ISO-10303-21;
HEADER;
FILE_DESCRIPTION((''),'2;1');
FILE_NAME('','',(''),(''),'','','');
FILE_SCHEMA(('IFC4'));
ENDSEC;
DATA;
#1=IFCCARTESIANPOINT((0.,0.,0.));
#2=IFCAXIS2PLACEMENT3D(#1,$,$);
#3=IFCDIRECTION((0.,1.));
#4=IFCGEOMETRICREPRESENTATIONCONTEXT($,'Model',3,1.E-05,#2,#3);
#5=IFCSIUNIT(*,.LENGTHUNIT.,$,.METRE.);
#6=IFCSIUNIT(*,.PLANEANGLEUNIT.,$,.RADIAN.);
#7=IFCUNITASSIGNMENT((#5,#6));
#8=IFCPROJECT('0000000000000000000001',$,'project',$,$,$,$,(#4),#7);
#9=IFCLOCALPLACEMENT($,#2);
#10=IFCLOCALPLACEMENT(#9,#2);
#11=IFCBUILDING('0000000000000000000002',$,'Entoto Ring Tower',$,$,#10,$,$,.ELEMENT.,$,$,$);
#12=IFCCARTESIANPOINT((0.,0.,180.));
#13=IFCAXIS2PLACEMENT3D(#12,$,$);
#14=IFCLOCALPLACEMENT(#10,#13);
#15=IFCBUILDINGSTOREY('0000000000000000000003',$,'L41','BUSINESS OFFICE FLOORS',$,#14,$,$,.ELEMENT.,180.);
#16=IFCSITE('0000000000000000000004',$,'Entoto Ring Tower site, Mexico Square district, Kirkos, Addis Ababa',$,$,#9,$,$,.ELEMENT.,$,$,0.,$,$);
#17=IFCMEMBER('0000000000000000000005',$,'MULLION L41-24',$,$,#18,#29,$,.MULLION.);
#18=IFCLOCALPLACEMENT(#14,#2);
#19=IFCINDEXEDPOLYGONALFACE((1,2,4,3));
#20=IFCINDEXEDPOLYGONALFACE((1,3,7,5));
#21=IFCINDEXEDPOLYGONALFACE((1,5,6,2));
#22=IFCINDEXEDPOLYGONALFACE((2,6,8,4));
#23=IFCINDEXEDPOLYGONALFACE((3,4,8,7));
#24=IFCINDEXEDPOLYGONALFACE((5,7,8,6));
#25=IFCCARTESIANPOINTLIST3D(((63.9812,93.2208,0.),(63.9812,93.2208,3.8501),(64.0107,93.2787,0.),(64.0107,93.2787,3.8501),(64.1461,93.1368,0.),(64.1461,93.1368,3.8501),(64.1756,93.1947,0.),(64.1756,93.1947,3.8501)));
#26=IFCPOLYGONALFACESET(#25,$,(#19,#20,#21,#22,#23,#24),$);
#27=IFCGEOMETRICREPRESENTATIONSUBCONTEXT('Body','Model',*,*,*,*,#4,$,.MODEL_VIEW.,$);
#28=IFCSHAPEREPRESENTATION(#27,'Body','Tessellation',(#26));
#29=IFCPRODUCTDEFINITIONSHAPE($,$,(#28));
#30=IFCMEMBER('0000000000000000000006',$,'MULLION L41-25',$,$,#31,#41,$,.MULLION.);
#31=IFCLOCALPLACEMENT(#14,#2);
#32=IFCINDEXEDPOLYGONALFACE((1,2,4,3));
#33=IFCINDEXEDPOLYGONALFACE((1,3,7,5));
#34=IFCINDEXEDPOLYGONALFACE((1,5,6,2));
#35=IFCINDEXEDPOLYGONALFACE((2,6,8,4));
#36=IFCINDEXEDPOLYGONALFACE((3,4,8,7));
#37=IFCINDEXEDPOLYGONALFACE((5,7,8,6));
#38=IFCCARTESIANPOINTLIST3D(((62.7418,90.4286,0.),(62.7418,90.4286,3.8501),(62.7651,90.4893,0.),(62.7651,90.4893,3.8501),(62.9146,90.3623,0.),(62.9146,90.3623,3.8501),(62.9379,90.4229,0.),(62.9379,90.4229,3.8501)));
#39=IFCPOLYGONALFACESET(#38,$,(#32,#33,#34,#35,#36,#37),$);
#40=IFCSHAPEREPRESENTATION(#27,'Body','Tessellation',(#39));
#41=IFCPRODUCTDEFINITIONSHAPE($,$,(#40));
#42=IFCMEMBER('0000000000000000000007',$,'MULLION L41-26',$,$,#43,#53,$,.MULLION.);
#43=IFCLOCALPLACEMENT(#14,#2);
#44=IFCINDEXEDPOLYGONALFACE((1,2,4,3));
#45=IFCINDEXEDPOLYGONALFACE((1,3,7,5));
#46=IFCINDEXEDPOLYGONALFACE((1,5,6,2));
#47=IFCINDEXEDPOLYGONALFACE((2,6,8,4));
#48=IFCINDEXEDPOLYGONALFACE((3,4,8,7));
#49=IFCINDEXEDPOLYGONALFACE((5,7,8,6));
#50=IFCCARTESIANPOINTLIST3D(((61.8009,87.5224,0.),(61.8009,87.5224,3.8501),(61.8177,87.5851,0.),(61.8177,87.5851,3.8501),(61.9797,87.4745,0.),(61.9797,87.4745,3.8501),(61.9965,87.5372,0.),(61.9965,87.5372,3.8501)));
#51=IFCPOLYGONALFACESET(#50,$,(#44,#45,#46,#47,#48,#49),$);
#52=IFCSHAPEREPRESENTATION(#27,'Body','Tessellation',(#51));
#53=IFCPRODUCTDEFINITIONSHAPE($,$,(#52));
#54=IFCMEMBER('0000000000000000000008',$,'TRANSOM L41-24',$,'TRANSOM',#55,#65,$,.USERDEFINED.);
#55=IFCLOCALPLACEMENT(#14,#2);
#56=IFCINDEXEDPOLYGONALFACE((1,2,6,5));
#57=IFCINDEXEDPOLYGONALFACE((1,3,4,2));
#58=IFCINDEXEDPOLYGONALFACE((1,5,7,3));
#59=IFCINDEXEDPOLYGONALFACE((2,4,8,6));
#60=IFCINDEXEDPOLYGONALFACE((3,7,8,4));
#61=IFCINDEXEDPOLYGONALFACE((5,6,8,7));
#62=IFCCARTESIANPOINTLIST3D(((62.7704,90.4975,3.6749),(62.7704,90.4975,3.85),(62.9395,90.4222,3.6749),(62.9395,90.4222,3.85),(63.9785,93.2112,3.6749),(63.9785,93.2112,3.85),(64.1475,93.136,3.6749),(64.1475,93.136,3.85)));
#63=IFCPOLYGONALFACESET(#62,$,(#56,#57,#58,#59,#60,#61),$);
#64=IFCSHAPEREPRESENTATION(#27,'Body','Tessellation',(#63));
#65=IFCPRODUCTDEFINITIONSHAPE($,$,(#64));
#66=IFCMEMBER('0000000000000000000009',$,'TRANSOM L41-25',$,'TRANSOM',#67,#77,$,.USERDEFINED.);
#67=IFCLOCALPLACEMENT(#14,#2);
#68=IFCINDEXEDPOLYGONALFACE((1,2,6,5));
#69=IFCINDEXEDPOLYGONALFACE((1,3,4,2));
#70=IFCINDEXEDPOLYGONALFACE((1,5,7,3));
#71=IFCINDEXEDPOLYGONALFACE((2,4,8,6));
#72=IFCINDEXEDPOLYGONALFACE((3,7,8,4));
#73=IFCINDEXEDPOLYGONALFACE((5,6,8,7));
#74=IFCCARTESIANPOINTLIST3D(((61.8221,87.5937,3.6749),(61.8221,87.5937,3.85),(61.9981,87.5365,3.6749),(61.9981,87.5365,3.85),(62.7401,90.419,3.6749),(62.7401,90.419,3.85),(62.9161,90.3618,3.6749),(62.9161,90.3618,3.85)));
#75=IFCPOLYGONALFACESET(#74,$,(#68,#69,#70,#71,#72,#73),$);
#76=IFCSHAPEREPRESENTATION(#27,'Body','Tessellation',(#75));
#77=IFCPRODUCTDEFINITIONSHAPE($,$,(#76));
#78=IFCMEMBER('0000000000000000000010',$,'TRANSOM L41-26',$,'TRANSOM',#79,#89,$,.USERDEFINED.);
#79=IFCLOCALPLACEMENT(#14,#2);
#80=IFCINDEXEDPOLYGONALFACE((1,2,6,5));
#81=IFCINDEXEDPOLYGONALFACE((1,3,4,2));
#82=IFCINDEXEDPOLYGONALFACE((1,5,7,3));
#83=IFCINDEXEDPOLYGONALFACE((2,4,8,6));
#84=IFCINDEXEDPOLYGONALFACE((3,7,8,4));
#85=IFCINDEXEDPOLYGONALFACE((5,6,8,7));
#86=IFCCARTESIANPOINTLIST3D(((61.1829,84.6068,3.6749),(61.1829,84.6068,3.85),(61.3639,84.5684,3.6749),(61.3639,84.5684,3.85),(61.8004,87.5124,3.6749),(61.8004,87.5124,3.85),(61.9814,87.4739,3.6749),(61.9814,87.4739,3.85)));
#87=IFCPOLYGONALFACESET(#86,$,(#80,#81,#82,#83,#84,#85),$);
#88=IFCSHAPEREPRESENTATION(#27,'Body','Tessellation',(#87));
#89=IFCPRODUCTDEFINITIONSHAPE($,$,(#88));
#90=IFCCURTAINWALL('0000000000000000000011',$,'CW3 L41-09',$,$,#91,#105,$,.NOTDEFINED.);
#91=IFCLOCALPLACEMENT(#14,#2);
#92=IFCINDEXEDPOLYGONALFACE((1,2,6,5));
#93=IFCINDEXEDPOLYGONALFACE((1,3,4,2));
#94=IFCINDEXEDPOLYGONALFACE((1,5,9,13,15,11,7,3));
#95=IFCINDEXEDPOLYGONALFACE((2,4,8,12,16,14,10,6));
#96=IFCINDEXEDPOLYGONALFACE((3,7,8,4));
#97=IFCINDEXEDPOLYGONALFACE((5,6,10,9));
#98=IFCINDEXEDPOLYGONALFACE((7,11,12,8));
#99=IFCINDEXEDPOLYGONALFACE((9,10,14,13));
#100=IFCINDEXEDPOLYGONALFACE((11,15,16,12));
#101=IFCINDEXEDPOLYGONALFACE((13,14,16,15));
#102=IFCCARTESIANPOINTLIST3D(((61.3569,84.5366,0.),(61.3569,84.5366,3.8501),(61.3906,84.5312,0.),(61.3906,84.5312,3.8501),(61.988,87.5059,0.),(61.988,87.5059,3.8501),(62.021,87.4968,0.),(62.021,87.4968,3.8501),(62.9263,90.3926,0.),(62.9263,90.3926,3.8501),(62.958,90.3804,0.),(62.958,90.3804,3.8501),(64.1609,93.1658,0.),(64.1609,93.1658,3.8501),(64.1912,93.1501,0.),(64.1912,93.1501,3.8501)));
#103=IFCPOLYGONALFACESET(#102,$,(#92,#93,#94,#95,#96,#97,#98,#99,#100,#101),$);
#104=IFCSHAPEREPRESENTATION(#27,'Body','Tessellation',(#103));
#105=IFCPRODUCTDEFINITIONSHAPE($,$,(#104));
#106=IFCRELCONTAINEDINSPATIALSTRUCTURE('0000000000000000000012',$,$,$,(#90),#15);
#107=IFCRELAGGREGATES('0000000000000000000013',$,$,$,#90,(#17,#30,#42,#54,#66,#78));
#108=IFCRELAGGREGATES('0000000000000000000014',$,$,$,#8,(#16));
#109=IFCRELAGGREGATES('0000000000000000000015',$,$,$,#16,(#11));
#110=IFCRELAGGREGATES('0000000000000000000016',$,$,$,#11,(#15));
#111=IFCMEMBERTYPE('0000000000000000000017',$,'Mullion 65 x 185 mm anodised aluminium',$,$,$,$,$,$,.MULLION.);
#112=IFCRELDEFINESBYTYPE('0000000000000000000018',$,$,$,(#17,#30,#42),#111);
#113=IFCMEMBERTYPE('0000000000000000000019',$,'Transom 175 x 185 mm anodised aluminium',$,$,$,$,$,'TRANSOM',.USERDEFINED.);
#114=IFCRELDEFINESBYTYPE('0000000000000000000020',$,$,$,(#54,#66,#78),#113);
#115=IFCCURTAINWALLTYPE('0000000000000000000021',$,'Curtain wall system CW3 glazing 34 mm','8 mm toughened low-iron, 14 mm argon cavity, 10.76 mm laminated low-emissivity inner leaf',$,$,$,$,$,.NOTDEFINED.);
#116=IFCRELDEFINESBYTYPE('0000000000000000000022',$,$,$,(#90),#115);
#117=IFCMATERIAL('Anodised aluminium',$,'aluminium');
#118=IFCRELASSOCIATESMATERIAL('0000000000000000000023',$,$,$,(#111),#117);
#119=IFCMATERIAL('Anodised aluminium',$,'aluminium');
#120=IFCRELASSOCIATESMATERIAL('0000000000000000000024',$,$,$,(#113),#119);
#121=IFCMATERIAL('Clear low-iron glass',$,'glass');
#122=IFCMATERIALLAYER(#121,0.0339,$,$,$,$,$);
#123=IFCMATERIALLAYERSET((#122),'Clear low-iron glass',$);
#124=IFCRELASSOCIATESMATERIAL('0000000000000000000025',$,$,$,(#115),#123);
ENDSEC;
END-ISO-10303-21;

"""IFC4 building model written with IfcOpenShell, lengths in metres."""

from ifc_helpers import new_model, si_unit, direction, frame, origin, origin_2d, place, context, subcontext, project, spatial, polyline, rectangle, outline, extrude, material, layer, layer_set, material_profile, profile_set, type_object, element, aggregate, save


model = new_model("IFC4")

# Units and contexts
model_context = context("Model", 3, precision=1e-05, world=origin(), true_north=direction((0.0, 1.0)))
body_context = subcontext(model_context, "Body", "Model", "MODEL_VIEW")
ifc_project = project(units=[si_unit("LENGTHUNIT", "METRE"), si_unit("PLANEANGLEUNIT", "RADIAN")], contexts=[model_context])

# Members
ifc_material_1 = material(Name="Anodised aluminium", Category="aluminium")
ifc_material_profile_1 = material_profile(ifc_material_1, rectangle(XDim=0.0649, YDim=0.1851, at=origin_2d()), Name="Mullion 65 x 185 mm anodised aluminium")
ifc_profile_set_1 = profile_set([ifc_material_profile_1], Name="Anodised aluminium")
member_type_1 = type_object("IfcMemberType", Name="Mullion 65 x 185 mm anodised aluminium", PredefinedType="MULLION", material=ifc_profile_set_1)
site_placement = place(None, origin())
building_placement = place(site_placement, origin())
storey_placement = place(building_placement, frame((0.0, 0.0, 180.0)))
member_1_placement = place(storey_placement, frame((64.0784, 93.2078, 0.0), z_axis=(0.0, 0.0, 1.0), x_axis=(-0.45399, -0.891007, 0.0)))
member_1 = element("IfcMember", 1, at=member_1_placement, type_object=member_type_1, Name="MULLION L41-24", PredefinedType="MULLION", context=body_context, shape_type="SweptSolid", body=[
    extrude(rectangle(XDim=0.0649, YDim=0.1851, at=origin_2d()), origin(), (0.0, 0.0, 1.0), 3.8501),
])
member_2_placement = place(storey_placement, frame((62.8398, 90.4258, 0.0), z_axis=(0.0, 0.0, 1.0), x_axis=(-0.358368, -0.93358, 0.0)))
member_2 = element("IfcMember", 2, at=member_2_placement, type_object=member_type_1, Name="MULLION L41-25", PredefinedType="MULLION", context=body_context, shape_type="SweptSolid", body=[
    extrude(rectangle(XDim=0.0649, YDim=0.1851, at=origin_2d()), origin(), (0.0, 0.0, 1.0), 3.8501),
])
member_3_placement = place(storey_placement, frame((61.8987, 87.5298, 0.0), z_axis=(0.0, 0.0, 1.0), x_axis=(-0.258819, -0.965926, 0.0)))
member_3 = element("IfcMember", 3, at=member_3_placement, type_object=member_type_1, Name="MULLION L41-26", PredefinedType="MULLION", context=body_context, shape_type="SweptSolid", body=[
    extrude(rectangle(XDim=0.0649, YDim=0.1851, at=origin_2d()), origin(), (0.0, 0.0, 1.0), 3.8501),
])
ifc_material_2 = material(Name="Anodised aluminium", Category="aluminium")
ifc_material_profile_2 = material_profile(ifc_material_2, rectangle(XDim=0.1851, YDim=0.175, at=origin_2d()), Name="Transom 175 x 185 mm anodised aluminium")
ifc_profile_set_2 = profile_set([ifc_material_profile_2], Name="Anodised aluminium")
member_type_2 = type_object("IfcMemberType", Name="Transom 175 x 185 mm anodised aluminium", ElementType="TRANSOM", PredefinedType="USERDEFINED", material=ifc_profile_set_2)
member_4_placement = place(storey_placement, frame((64.063, 93.1736, 3.7625), z_axis=(-0.406687, -0.913567, 0.0), x_axis=(0.913567, -0.406687, 0.0)))
member_4 = element("IfcMember", 4, at=member_4_placement, type_object=member_type_2, Name="TRANSOM L41-24", ObjectType="TRANSOM", PredefinedType="USERDEFINED", context=body_context, shape_type="SweptSolid", body=[
    extrude(rectangle(XDim=0.1851, YDim=0.175, at=origin_2d()), origin(), (0.0, 0.0, 1.0), 2.9705),
])
member_5_placement = place(storey_placement, frame((62.8281, 90.3904, 3.7625), z_axis=(-0.309019, -0.951056, 0.0), x_axis=(0.951056, -0.309019, 0.0)))
member_5 = element("IfcMember", 5, at=member_5_placement, type_object=member_type_2, Name="TRANSOM L41-25", ObjectType="TRANSOM", PredefinedType="USERDEFINED", context=body_context, shape_type="SweptSolid", body=[
    extrude(rectangle(XDim=0.1851, YDim=0.175, at=origin_2d()), origin(), (0.0, 0.0, 1.0), 2.9707),
])
member_6_placement = place(storey_placement, frame((61.8909, 87.4932, 3.7625), z_axis=(-0.207862, -0.978158, 0.0), x_axis=(0.978158, -0.207862, 0.0)))
member_6 = element("IfcMember", 6, at=member_6_placement, type_object=member_type_2, Name="TRANSOM L41-26", ObjectType="TRANSOM", PredefinedType="USERDEFINED", context=body_context, shape_type="SweptSolid", body=[
    extrude(rectangle(XDim=0.1851, YDim=0.175, at=origin_2d()), origin(), (0.0, 0.0, 1.0), 2.9705),
])

# Site, building, storey
site = spatial("IfcSite", under=ifc_project, at=site_placement, Name="Entoto Ring Tower site, Mexico Square district, Kirkos, Addis Ababa", CompositionType="ELEMENT", RefElevation=0.0)
building = spatial("IfcBuilding", under=site, at=building_placement, Name="Entoto Ring Tower", CompositionType="ELEMENT")
storey = spatial("IfcBuildingStorey", under=building, at=storey_placement, Name="L41", Description="BUSINESS OFFICE FLOORS", CompositionType="ELEMENT", Elevation=180.0)

# Curtain wall
ifc_material_3 = material(Name="Clear low-iron glass", Category="glass")
ifc_layer = layer(ifc_material_3, 0.0339)
ifc_layer_set = layer_set([ifc_layer], Name="Clear low-iron glass")
curtain_wall_type = type_object("IfcCurtainWallType", Name="Curtain wall system CW3 glazing 34 mm", Description="8 mm toughened low-iron, 14 mm argon cavity, 10.76 mm laminated low-emissivity inner leaf", PredefinedType="NOTDEFINED", material=ifc_layer_set)
curtain_wall_1_placement = place(storey_placement, origin())
curtain_wall_1 = element("IfcCurtainWall", 7, at=curtain_wall_1_placement, inside=storey, type_object=curtain_wall_type, Name="CW3 L41-09", PredefinedType="NOTDEFINED", context=body_context, shape_type="SweptSolid", body=[
    extrude(outline(polyline([(64.1609, 93.1658), (62.9263, 90.3926), (61.988, 87.5059), (61.3569, 84.5366), (61.3906, 84.5312), (62.021, 87.4968), (62.958, 90.3804), (64.1912, 93.1501), (64.1609, 93.1658)])), origin(), (0.0, 0.0, 1.0), 3.8501),
])
aggregate(curtain_wall_1, [member_1, member_2, member_3, member_4, member_5, member_6])

save(model, "model.ifc")
